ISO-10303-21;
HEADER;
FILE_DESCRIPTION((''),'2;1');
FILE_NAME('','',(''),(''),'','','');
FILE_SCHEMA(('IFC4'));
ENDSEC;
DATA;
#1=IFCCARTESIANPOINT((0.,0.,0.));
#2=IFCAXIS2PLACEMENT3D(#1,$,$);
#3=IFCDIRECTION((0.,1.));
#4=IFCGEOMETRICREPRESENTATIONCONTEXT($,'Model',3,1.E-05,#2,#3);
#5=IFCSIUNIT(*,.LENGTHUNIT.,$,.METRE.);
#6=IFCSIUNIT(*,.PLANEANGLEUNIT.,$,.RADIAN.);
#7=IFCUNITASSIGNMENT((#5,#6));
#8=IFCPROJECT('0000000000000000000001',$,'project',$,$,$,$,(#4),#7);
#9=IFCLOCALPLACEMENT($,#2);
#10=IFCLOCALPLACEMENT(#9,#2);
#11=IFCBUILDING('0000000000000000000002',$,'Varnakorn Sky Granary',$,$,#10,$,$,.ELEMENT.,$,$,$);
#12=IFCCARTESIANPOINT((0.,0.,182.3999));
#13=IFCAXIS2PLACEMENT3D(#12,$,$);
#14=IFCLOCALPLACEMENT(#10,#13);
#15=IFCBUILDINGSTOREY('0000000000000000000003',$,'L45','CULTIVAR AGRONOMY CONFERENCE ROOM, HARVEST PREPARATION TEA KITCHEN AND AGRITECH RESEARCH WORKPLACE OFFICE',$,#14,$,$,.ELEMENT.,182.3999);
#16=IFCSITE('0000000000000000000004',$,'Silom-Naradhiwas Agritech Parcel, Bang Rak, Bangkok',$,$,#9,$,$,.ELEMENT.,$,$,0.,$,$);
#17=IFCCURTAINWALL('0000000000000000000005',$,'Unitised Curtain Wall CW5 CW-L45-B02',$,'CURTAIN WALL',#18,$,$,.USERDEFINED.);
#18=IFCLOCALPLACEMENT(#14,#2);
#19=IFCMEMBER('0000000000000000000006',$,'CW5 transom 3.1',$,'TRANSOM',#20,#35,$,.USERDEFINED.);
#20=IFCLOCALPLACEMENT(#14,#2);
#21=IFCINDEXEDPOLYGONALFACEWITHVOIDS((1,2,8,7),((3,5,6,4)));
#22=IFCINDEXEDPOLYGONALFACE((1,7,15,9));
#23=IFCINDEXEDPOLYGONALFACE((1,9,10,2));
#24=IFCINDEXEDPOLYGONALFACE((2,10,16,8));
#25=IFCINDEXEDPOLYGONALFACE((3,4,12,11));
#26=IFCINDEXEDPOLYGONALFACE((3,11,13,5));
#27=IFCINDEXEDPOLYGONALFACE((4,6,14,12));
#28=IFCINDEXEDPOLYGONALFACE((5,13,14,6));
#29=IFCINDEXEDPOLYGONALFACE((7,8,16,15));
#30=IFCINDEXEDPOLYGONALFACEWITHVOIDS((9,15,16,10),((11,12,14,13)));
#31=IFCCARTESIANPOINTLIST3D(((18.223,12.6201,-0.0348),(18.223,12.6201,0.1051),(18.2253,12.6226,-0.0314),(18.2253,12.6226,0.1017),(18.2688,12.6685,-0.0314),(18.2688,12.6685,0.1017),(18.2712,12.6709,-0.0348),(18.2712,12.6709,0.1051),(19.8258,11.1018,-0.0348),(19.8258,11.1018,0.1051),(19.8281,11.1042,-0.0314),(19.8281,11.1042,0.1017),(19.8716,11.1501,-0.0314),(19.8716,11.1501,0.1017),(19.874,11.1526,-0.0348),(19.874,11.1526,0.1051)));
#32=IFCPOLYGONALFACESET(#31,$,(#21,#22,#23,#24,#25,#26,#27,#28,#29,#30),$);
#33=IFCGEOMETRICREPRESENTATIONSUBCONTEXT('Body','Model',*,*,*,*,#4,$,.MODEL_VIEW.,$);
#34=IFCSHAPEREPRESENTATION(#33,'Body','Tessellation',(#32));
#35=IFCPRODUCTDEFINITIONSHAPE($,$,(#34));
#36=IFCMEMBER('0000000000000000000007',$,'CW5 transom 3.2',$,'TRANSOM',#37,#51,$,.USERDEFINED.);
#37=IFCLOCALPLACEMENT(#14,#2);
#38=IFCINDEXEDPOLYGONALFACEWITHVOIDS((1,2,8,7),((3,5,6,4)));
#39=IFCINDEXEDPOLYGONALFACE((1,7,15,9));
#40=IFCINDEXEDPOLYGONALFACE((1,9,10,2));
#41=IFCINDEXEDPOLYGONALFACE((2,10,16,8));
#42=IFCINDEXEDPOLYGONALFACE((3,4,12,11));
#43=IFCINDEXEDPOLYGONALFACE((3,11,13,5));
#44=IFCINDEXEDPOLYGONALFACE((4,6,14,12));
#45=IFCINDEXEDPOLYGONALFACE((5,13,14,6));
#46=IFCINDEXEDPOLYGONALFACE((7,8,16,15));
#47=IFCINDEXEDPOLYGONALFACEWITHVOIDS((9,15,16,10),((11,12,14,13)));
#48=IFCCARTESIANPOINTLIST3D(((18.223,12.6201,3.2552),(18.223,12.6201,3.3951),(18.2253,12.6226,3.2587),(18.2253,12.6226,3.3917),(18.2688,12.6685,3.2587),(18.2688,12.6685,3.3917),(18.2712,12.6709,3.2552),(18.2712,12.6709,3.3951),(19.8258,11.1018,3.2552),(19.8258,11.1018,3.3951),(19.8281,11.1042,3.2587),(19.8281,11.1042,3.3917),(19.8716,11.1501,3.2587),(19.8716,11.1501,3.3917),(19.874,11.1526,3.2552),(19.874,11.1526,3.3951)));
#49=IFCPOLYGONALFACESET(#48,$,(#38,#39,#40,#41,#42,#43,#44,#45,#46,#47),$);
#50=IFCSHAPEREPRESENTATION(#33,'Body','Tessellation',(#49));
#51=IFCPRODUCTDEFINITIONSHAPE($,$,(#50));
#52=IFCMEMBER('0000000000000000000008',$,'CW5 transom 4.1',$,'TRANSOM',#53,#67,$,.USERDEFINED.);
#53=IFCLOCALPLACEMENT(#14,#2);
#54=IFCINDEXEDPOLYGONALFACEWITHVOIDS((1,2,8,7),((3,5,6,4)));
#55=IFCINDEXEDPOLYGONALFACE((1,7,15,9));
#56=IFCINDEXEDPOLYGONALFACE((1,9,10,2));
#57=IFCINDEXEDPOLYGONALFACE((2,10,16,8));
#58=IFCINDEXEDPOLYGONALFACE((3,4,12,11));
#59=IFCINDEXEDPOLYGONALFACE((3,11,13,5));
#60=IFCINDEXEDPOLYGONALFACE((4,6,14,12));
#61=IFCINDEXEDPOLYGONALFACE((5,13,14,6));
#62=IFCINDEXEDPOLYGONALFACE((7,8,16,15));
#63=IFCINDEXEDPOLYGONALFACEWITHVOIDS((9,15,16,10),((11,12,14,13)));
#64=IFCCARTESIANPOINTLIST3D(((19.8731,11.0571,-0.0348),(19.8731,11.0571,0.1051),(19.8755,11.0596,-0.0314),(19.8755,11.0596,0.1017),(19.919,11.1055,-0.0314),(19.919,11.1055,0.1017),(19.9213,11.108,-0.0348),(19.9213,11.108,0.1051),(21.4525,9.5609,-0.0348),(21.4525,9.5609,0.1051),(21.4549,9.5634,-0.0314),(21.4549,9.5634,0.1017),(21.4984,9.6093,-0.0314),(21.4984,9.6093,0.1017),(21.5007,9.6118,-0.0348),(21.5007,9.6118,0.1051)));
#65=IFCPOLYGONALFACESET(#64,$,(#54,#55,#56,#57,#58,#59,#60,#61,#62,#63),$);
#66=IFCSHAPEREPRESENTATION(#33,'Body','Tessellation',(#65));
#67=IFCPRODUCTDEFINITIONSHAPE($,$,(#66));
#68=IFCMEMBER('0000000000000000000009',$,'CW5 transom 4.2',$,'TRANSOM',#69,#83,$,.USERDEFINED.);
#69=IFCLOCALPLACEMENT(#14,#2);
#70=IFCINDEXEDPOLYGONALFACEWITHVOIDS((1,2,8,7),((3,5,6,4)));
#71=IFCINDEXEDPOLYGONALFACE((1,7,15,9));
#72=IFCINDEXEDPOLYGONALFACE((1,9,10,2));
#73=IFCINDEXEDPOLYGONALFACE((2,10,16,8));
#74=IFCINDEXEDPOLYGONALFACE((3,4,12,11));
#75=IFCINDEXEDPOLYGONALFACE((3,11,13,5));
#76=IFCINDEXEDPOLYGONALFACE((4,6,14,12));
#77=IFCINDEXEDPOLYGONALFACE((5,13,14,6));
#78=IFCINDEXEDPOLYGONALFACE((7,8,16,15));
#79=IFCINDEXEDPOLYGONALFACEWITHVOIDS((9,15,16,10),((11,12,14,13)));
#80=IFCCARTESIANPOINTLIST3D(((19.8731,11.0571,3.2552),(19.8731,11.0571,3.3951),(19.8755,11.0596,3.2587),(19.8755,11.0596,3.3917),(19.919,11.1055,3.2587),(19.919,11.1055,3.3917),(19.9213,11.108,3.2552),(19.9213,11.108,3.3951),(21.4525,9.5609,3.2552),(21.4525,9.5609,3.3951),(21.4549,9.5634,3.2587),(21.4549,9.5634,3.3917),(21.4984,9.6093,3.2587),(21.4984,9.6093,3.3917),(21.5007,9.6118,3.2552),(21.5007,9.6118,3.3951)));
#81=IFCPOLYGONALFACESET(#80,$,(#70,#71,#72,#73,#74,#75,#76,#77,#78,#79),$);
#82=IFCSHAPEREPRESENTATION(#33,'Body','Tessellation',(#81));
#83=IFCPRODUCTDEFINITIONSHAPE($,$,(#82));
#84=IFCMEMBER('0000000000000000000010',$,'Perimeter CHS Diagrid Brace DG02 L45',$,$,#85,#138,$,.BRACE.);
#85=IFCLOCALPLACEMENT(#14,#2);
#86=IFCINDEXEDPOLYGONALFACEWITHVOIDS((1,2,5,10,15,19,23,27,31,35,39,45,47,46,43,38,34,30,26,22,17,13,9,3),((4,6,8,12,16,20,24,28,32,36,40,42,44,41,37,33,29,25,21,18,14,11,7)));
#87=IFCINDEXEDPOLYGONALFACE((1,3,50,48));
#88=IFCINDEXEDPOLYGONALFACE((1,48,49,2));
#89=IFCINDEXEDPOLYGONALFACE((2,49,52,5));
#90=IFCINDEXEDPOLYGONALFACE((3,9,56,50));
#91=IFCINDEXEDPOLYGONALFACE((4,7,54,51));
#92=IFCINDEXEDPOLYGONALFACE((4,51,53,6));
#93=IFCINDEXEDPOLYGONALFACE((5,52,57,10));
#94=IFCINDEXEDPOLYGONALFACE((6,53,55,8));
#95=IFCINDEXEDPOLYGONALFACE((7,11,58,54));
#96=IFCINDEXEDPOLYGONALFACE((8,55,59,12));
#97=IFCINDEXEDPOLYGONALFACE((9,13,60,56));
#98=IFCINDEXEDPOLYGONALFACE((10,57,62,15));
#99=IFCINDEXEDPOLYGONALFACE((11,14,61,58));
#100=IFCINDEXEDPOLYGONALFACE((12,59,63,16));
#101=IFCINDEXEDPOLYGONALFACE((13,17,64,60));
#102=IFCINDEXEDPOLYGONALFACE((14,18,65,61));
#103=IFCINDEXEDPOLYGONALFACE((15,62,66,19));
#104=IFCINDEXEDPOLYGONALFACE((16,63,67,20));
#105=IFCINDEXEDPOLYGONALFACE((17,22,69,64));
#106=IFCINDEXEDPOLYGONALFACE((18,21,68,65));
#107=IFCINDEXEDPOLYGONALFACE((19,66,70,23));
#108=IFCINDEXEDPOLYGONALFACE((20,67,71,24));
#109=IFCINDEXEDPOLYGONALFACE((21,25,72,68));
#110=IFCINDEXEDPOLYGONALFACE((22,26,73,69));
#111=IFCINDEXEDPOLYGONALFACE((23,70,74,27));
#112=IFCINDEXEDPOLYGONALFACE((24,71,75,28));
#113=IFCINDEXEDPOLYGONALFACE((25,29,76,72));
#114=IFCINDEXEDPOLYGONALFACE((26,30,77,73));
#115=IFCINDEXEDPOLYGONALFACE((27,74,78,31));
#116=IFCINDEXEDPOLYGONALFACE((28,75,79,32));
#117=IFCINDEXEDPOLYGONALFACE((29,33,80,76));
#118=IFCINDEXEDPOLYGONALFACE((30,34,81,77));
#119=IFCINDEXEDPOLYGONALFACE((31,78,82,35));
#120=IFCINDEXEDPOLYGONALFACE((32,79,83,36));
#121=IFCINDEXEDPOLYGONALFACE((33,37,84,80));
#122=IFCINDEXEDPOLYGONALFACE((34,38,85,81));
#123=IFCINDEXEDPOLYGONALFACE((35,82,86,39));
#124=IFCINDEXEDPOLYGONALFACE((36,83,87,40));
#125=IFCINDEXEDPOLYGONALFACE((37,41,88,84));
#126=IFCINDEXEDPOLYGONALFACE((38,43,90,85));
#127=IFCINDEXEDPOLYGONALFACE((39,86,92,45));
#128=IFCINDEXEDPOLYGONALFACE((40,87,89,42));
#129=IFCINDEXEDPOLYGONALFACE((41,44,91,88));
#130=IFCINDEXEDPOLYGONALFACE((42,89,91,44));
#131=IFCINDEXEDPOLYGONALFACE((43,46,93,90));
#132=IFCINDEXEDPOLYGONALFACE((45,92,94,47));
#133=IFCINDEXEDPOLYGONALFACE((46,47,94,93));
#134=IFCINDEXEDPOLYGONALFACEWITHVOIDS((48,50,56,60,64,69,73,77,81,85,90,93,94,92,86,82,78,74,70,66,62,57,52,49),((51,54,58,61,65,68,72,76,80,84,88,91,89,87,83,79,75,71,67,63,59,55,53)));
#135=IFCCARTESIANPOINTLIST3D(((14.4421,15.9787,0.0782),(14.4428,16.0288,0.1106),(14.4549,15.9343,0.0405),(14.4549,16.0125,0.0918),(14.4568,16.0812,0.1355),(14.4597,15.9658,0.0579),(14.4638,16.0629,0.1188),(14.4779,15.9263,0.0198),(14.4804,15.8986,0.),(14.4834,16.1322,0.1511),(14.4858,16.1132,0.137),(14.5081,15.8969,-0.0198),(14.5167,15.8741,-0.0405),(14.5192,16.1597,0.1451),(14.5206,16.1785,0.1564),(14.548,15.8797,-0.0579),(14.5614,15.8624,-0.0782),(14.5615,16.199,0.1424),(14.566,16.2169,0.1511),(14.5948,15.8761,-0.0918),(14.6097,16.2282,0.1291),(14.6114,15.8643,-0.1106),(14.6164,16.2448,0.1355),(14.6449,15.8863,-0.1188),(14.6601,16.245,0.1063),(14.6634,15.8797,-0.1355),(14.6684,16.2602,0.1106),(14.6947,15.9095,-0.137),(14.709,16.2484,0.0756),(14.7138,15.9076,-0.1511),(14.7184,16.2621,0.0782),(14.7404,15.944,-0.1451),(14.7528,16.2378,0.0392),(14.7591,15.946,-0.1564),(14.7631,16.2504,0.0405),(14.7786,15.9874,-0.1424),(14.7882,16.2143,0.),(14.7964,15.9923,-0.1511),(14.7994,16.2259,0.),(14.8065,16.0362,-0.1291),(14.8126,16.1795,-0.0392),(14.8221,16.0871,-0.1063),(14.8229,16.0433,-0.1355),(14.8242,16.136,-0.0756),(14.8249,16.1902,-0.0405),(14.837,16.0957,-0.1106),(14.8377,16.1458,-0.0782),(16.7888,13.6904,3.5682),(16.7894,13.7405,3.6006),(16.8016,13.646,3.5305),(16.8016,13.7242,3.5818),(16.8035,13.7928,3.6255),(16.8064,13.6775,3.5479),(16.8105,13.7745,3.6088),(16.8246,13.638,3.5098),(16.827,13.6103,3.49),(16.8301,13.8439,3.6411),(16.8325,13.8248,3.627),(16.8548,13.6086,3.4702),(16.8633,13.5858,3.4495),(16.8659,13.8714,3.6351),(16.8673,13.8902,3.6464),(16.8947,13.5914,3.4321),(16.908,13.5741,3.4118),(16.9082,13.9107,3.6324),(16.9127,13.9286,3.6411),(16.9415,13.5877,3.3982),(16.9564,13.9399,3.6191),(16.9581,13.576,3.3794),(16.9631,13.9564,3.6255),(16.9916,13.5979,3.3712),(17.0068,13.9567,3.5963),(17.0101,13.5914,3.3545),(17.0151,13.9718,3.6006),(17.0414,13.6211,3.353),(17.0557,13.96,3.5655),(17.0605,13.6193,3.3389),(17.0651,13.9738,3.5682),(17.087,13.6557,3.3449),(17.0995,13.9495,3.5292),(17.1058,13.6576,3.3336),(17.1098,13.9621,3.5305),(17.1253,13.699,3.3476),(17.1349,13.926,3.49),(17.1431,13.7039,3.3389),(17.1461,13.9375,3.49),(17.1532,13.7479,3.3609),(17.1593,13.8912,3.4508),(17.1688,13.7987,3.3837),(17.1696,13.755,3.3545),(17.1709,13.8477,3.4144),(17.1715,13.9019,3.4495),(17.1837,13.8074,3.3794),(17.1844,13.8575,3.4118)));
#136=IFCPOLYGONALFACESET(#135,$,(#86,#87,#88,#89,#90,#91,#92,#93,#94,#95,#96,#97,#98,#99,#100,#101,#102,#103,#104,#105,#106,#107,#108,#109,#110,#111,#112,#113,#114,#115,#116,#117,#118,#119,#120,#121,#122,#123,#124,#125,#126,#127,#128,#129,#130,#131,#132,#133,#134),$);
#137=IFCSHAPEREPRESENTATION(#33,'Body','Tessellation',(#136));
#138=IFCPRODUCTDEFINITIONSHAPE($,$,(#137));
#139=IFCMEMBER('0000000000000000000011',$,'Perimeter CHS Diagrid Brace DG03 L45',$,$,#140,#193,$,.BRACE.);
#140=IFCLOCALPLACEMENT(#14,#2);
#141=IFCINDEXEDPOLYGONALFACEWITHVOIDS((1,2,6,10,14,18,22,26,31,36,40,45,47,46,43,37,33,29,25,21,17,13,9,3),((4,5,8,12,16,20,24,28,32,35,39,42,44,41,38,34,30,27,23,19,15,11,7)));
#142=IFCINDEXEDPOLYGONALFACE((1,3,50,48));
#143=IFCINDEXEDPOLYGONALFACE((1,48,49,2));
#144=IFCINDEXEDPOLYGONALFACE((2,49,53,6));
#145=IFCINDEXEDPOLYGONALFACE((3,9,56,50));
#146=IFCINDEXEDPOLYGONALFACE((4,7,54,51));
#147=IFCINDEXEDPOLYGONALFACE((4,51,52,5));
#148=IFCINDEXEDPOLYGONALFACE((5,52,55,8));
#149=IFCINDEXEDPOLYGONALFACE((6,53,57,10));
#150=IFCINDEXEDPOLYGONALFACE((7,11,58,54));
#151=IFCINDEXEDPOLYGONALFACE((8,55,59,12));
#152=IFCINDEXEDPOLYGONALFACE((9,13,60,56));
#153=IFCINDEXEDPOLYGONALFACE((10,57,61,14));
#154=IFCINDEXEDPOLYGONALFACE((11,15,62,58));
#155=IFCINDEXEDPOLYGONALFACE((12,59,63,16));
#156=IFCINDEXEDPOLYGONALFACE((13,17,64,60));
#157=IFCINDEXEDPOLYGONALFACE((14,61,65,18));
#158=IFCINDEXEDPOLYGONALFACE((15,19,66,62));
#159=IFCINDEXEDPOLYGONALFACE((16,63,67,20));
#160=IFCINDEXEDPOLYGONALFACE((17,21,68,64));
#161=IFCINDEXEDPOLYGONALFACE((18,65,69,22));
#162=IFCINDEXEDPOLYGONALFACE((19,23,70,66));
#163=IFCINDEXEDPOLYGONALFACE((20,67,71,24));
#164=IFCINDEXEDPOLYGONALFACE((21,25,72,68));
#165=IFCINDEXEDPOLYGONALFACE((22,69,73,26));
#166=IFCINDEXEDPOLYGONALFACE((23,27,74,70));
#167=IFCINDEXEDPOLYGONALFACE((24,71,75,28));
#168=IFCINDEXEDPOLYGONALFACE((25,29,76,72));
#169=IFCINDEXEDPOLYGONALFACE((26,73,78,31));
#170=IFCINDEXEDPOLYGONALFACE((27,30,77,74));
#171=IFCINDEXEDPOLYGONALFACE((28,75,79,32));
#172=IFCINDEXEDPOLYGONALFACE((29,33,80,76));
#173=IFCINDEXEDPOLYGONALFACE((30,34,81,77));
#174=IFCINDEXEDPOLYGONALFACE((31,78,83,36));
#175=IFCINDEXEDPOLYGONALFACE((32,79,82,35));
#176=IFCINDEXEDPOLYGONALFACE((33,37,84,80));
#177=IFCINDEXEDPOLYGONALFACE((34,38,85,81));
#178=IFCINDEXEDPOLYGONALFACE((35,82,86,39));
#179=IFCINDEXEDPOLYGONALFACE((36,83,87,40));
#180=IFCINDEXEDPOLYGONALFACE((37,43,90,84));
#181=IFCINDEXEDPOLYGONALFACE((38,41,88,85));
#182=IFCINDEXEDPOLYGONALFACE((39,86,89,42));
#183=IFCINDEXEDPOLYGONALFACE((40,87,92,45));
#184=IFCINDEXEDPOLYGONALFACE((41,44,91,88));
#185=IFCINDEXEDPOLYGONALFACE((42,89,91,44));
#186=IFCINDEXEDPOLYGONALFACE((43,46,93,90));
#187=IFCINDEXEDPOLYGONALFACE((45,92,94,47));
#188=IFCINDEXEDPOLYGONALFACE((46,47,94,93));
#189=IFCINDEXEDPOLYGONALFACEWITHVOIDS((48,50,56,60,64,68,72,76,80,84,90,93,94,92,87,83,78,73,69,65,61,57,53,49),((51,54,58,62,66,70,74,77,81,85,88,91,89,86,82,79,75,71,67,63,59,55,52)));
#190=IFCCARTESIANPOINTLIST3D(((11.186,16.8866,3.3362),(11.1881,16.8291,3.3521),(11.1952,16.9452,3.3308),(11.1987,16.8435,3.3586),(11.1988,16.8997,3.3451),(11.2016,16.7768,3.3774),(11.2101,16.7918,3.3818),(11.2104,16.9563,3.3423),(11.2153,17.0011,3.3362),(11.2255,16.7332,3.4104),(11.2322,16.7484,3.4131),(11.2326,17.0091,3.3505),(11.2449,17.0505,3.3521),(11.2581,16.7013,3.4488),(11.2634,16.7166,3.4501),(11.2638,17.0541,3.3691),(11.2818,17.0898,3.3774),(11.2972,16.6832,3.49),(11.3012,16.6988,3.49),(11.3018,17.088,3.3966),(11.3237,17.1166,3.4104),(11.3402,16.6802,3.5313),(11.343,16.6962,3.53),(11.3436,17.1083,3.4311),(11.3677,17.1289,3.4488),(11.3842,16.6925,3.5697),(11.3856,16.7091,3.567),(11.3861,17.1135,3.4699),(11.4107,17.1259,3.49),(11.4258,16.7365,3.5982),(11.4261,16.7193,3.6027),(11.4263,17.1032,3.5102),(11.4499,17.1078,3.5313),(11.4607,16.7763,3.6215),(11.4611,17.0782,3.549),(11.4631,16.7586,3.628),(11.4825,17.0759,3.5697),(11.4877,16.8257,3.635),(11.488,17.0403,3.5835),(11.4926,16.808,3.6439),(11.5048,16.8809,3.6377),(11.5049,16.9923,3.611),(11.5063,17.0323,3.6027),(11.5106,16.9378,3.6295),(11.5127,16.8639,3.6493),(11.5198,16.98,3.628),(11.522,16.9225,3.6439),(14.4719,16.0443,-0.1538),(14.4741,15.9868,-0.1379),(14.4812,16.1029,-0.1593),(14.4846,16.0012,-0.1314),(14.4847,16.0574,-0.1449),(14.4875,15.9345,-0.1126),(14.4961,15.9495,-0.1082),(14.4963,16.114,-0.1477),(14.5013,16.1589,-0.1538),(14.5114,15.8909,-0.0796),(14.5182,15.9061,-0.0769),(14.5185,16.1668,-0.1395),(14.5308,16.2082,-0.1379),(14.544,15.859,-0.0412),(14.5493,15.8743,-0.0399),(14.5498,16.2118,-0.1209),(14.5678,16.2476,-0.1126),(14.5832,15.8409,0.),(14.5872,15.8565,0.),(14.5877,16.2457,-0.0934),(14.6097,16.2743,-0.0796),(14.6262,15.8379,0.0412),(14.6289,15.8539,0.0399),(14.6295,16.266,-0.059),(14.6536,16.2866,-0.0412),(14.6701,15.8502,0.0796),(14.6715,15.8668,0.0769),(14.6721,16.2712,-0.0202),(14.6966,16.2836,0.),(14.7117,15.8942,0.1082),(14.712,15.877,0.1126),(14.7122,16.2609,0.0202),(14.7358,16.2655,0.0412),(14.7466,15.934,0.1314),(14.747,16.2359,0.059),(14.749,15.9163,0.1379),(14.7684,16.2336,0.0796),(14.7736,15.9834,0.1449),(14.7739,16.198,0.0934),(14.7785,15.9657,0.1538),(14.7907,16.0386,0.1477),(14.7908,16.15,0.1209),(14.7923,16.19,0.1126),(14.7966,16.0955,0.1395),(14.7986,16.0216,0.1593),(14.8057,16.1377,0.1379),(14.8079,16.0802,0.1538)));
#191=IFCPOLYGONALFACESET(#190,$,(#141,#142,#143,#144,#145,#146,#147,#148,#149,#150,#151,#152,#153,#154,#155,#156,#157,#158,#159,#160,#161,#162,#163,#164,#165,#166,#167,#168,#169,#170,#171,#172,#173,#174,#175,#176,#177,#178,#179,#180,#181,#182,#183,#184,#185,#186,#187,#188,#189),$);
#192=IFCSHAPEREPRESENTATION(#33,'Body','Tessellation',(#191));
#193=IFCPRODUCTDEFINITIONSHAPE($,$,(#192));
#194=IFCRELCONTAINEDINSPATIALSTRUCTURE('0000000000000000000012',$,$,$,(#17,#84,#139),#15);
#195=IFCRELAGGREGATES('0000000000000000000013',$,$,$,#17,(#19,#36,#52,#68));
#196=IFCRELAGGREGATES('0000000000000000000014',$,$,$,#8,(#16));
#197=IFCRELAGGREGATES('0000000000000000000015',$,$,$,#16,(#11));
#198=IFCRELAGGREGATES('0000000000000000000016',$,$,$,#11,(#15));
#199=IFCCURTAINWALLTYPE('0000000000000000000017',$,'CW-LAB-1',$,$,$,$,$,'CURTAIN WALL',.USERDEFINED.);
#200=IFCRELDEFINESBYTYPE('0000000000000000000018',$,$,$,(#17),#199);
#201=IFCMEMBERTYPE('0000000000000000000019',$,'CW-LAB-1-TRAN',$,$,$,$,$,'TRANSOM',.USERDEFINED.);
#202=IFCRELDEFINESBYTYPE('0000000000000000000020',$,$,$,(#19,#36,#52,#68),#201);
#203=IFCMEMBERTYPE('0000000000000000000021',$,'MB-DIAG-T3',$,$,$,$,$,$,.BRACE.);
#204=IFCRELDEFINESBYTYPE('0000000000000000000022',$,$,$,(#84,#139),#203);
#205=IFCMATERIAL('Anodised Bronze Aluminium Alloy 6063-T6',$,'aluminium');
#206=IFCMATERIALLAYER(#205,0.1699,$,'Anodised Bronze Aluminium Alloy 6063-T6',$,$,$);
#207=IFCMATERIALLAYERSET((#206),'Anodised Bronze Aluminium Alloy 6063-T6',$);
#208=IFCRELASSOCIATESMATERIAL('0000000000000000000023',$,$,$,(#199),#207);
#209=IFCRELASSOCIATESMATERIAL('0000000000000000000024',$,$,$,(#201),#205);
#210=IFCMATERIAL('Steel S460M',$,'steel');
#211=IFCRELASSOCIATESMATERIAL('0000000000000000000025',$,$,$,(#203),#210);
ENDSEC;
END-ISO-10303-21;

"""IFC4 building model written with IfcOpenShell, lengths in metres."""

from ifc_helpers import new_model, si_unit, direction, frame, origin, origin_2d, place, context, subcontext, project, spatial, hollow_rectangle, hollow_circle, extrude, material, layer, layer_set, material_profile, profile_set, type_object, element, aggregate, save


model = new_model("IFC4")

# Units and contexts
model_context = context("Model", 3, precision=1e-05, world=origin(), true_north=direction((0.0, 1.0)))
body_context = subcontext(model_context, "Body", "Model", "MODEL_VIEW")
ifc_project = project(units=[si_unit("LENGTHUNIT", "METRE"), si_unit("PLANEANGLEUNIT", "RADIAN")], contexts=[model_context])

# Site, building, storey
site_placement = place(None, origin())
site = spatial("IfcSite", under=ifc_project, at=site_placement, Name="Silom-Naradhiwas Agritech Parcel, Bang Rak, Bangkok", CompositionType="ELEMENT", RefElevation=0.0)
building_placement = place(site_placement, origin())
building = spatial("IfcBuilding", under=site, at=building_placement, Name="Varnakorn Sky Granary", CompositionType="ELEMENT")
storey_placement = place(building_placement, frame((0.0, 0.0, 182.3999)))
storey = spatial("IfcBuildingStorey", under=building, at=storey_placement, Name="L45", Description="CULTIVAR AGRONOMY CONFERENCE ROOM, HARVEST PREPARATION TEA KITCHEN AND AGRITECH RESEARCH WORKPLACE OFFICE", CompositionType="ELEMENT", Elevation=182.3999)

# Curtain wall, members
ifc_material_1 = material(Name="Anodised Bronze Aluminium Alloy 6063-T6", Category="aluminium")
ifc_layer_1 = layer(ifc_material_1, 0.1699, Name="Anodised Bronze Aluminium Alloy 6063-T6")
ifc_layer_set_1 = layer_set([ifc_layer_1], Name="Anodised Bronze Aluminium Alloy 6063-T6")
curtain_wall_type = type_object("IfcCurtainWallType", Name="CW-LAB-1", ElementType="CURTAIN WALL", PredefinedType="USERDEFINED", material=ifc_layer_set_1)
curtain_wall_placement = place(storey_placement, origin())
curtain_wall = element("IfcCurtainWall", 1, at=curtain_wall_placement, inside=storey, type_object=curtain_wall_type, Name="Unitised Curtain Wall CW5 CW-L45-B02", ObjectType="CURTAIN WALL", PredefinedType="USERDEFINED")
ifc_material_profile_1 = material_profile(ifc_material_1, hollow_rectangle(XDim=0.0701, YDim=0.1399, WallThickness=0.0034, at=origin_2d()), Name="ALU TRAN 70x140")
ifc_profile_set_1 = profile_set([ifc_material_profile_1], Name="Anodised Bronze Aluminium Alloy 6063-T6")
member_type_1 = type_object("IfcMemberType", Name="CW-LAB-1-TRAN", ElementType="TRANSOM", PredefinedType="USERDEFINED", material=ifc_profile_set_1)
member_1_placement = place(storey_placement, frame((18.2471, 12.6455, 0.0352), z_axis=(0.725979, -0.687717, 0.0), x_axis=(0.687717, 0.725979, 0.0)))
member_1 = element("IfcMember", 2, at=member_1_placement, type_object=member_type_1, Name="CW5 transom 3.1", ObjectType="TRANSOM", PredefinedType="USERDEFINED", context=body_context, shape_type="SweptSolid", body=[
    extrude(hollow_rectangle(XDim=0.0701, YDim=0.1399, WallThickness=0.0034, at=origin_2d()), origin(), (0.0, 0.0, 1.0), 2.2078),
])
member_2_placement = place(storey_placement, frame((18.2471, 12.6455, 3.3252), z_axis=(0.725979, -0.687717, 0.0), x_axis=(0.687717, 0.725979, 0.0)))
member_2 = element("IfcMember", 3, at=member_2_placement, type_object=member_type_1, Name="CW5 transom 3.2", ObjectType="TRANSOM", PredefinedType="USERDEFINED", context=body_context, shape_type="SweptSolid", body=[
    extrude(hollow_rectangle(XDim=0.0701, YDim=0.1399, WallThickness=0.0034, at=origin_2d()), origin(), (0.0, 0.0, 1.0), 2.2078),
])
member_3_placement = place(storey_placement, frame((19.8972, 11.0825, 0.0352), z_axis=(0.725982, -0.687714, 0.0), x_axis=(0.687714, 0.725982, 0.0)))
member_3 = element("IfcMember", 4, at=member_3_placement, type_object=member_type_1, Name="CW5 transom 4.1", ObjectType="TRANSOM", PredefinedType="USERDEFINED", context=body_context, shape_type="SweptSolid", body=[
    extrude(hollow_rectangle(XDim=0.0701, YDim=0.1399, WallThickness=0.0034, at=origin_2d()), origin(), (0.0, 0.0, 1.0), 2.1755),
])
member_4_placement = place(storey_placement, frame((19.8972, 11.0825, 3.3252), z_axis=(0.725982, -0.687714, 0.0), x_axis=(0.687714, 0.725982, 0.0)))
member_4 = element("IfcMember", 5, at=member_4_placement, type_object=member_type_1, Name="CW5 transom 4.2", ObjectType="TRANSOM", PredefinedType="USERDEFINED", context=body_context, shape_type="SweptSolid", body=[
    extrude(hollow_rectangle(XDim=0.0701, YDim=0.1399, WallThickness=0.0034, at=origin_2d()), origin(), (0.0, 0.0, 1.0), 2.1755),
])

# Members
ifc_material_2 = material(Name="Steel S460M", Category="steel")
ifc_material_profile_2 = material_profile(ifc_material_2, hollow_circle(Radius=0.2285, WallThickness=0.0161, at=origin_2d()), Name="CHS 457x16")
ifc_profile_set_2 = profile_set([ifc_material_profile_2], Name="Steel S460M")
member_type_2 = type_object("IfcMemberType", Name="MB-DIAG-T3", PredefinedType="BRACE", material=ifc_profile_set_2)
member_5_placement = place(storey_placement, frame((14.6399, 16.0623, 0.0), z_axis=(0.490133, -0.477946, 0.728928), x_axis=(0.69815, 0.715952, 0.0)))
element("IfcMember", 6, at=member_5_placement, inside=storey, type_object=member_type_2, Name="Perimeter CHS Diagrid Brace DG02 L45", PredefinedType="BRACE", context=body_context, shape_type="SweptSolid", body=[
    extrude(hollow_circle(Radius=0.2285, WallThickness=0.0161, at=origin_2d()), origin(), (0.0, 0.0, 1.0), 4.7878),
])
member_6_placement = place(storey_placement, frame((14.6399, 16.0623, 0.0), z_axis=(-0.675153, 0.173065, 0.71709), x_axis=(-0.248306, -0.968682, 0.0)))
element("IfcMember", 7, at=member_6_placement, inside=storey, type_object=member_type_2, Name="Perimeter CHS Diagrid Brace DG03 L45", PredefinedType="BRACE", context=body_context, shape_type="SweptSolid", body=[
    extrude(hollow_circle(Radius=0.2285, WallThickness=0.0161, at=origin_2d()), origin(), (0.0, 0.0, 1.0), 4.8669),
])

aggregate(curtain_wall, [member_1, member_2, member_3, member_4])

save(model, "model.ifc")
